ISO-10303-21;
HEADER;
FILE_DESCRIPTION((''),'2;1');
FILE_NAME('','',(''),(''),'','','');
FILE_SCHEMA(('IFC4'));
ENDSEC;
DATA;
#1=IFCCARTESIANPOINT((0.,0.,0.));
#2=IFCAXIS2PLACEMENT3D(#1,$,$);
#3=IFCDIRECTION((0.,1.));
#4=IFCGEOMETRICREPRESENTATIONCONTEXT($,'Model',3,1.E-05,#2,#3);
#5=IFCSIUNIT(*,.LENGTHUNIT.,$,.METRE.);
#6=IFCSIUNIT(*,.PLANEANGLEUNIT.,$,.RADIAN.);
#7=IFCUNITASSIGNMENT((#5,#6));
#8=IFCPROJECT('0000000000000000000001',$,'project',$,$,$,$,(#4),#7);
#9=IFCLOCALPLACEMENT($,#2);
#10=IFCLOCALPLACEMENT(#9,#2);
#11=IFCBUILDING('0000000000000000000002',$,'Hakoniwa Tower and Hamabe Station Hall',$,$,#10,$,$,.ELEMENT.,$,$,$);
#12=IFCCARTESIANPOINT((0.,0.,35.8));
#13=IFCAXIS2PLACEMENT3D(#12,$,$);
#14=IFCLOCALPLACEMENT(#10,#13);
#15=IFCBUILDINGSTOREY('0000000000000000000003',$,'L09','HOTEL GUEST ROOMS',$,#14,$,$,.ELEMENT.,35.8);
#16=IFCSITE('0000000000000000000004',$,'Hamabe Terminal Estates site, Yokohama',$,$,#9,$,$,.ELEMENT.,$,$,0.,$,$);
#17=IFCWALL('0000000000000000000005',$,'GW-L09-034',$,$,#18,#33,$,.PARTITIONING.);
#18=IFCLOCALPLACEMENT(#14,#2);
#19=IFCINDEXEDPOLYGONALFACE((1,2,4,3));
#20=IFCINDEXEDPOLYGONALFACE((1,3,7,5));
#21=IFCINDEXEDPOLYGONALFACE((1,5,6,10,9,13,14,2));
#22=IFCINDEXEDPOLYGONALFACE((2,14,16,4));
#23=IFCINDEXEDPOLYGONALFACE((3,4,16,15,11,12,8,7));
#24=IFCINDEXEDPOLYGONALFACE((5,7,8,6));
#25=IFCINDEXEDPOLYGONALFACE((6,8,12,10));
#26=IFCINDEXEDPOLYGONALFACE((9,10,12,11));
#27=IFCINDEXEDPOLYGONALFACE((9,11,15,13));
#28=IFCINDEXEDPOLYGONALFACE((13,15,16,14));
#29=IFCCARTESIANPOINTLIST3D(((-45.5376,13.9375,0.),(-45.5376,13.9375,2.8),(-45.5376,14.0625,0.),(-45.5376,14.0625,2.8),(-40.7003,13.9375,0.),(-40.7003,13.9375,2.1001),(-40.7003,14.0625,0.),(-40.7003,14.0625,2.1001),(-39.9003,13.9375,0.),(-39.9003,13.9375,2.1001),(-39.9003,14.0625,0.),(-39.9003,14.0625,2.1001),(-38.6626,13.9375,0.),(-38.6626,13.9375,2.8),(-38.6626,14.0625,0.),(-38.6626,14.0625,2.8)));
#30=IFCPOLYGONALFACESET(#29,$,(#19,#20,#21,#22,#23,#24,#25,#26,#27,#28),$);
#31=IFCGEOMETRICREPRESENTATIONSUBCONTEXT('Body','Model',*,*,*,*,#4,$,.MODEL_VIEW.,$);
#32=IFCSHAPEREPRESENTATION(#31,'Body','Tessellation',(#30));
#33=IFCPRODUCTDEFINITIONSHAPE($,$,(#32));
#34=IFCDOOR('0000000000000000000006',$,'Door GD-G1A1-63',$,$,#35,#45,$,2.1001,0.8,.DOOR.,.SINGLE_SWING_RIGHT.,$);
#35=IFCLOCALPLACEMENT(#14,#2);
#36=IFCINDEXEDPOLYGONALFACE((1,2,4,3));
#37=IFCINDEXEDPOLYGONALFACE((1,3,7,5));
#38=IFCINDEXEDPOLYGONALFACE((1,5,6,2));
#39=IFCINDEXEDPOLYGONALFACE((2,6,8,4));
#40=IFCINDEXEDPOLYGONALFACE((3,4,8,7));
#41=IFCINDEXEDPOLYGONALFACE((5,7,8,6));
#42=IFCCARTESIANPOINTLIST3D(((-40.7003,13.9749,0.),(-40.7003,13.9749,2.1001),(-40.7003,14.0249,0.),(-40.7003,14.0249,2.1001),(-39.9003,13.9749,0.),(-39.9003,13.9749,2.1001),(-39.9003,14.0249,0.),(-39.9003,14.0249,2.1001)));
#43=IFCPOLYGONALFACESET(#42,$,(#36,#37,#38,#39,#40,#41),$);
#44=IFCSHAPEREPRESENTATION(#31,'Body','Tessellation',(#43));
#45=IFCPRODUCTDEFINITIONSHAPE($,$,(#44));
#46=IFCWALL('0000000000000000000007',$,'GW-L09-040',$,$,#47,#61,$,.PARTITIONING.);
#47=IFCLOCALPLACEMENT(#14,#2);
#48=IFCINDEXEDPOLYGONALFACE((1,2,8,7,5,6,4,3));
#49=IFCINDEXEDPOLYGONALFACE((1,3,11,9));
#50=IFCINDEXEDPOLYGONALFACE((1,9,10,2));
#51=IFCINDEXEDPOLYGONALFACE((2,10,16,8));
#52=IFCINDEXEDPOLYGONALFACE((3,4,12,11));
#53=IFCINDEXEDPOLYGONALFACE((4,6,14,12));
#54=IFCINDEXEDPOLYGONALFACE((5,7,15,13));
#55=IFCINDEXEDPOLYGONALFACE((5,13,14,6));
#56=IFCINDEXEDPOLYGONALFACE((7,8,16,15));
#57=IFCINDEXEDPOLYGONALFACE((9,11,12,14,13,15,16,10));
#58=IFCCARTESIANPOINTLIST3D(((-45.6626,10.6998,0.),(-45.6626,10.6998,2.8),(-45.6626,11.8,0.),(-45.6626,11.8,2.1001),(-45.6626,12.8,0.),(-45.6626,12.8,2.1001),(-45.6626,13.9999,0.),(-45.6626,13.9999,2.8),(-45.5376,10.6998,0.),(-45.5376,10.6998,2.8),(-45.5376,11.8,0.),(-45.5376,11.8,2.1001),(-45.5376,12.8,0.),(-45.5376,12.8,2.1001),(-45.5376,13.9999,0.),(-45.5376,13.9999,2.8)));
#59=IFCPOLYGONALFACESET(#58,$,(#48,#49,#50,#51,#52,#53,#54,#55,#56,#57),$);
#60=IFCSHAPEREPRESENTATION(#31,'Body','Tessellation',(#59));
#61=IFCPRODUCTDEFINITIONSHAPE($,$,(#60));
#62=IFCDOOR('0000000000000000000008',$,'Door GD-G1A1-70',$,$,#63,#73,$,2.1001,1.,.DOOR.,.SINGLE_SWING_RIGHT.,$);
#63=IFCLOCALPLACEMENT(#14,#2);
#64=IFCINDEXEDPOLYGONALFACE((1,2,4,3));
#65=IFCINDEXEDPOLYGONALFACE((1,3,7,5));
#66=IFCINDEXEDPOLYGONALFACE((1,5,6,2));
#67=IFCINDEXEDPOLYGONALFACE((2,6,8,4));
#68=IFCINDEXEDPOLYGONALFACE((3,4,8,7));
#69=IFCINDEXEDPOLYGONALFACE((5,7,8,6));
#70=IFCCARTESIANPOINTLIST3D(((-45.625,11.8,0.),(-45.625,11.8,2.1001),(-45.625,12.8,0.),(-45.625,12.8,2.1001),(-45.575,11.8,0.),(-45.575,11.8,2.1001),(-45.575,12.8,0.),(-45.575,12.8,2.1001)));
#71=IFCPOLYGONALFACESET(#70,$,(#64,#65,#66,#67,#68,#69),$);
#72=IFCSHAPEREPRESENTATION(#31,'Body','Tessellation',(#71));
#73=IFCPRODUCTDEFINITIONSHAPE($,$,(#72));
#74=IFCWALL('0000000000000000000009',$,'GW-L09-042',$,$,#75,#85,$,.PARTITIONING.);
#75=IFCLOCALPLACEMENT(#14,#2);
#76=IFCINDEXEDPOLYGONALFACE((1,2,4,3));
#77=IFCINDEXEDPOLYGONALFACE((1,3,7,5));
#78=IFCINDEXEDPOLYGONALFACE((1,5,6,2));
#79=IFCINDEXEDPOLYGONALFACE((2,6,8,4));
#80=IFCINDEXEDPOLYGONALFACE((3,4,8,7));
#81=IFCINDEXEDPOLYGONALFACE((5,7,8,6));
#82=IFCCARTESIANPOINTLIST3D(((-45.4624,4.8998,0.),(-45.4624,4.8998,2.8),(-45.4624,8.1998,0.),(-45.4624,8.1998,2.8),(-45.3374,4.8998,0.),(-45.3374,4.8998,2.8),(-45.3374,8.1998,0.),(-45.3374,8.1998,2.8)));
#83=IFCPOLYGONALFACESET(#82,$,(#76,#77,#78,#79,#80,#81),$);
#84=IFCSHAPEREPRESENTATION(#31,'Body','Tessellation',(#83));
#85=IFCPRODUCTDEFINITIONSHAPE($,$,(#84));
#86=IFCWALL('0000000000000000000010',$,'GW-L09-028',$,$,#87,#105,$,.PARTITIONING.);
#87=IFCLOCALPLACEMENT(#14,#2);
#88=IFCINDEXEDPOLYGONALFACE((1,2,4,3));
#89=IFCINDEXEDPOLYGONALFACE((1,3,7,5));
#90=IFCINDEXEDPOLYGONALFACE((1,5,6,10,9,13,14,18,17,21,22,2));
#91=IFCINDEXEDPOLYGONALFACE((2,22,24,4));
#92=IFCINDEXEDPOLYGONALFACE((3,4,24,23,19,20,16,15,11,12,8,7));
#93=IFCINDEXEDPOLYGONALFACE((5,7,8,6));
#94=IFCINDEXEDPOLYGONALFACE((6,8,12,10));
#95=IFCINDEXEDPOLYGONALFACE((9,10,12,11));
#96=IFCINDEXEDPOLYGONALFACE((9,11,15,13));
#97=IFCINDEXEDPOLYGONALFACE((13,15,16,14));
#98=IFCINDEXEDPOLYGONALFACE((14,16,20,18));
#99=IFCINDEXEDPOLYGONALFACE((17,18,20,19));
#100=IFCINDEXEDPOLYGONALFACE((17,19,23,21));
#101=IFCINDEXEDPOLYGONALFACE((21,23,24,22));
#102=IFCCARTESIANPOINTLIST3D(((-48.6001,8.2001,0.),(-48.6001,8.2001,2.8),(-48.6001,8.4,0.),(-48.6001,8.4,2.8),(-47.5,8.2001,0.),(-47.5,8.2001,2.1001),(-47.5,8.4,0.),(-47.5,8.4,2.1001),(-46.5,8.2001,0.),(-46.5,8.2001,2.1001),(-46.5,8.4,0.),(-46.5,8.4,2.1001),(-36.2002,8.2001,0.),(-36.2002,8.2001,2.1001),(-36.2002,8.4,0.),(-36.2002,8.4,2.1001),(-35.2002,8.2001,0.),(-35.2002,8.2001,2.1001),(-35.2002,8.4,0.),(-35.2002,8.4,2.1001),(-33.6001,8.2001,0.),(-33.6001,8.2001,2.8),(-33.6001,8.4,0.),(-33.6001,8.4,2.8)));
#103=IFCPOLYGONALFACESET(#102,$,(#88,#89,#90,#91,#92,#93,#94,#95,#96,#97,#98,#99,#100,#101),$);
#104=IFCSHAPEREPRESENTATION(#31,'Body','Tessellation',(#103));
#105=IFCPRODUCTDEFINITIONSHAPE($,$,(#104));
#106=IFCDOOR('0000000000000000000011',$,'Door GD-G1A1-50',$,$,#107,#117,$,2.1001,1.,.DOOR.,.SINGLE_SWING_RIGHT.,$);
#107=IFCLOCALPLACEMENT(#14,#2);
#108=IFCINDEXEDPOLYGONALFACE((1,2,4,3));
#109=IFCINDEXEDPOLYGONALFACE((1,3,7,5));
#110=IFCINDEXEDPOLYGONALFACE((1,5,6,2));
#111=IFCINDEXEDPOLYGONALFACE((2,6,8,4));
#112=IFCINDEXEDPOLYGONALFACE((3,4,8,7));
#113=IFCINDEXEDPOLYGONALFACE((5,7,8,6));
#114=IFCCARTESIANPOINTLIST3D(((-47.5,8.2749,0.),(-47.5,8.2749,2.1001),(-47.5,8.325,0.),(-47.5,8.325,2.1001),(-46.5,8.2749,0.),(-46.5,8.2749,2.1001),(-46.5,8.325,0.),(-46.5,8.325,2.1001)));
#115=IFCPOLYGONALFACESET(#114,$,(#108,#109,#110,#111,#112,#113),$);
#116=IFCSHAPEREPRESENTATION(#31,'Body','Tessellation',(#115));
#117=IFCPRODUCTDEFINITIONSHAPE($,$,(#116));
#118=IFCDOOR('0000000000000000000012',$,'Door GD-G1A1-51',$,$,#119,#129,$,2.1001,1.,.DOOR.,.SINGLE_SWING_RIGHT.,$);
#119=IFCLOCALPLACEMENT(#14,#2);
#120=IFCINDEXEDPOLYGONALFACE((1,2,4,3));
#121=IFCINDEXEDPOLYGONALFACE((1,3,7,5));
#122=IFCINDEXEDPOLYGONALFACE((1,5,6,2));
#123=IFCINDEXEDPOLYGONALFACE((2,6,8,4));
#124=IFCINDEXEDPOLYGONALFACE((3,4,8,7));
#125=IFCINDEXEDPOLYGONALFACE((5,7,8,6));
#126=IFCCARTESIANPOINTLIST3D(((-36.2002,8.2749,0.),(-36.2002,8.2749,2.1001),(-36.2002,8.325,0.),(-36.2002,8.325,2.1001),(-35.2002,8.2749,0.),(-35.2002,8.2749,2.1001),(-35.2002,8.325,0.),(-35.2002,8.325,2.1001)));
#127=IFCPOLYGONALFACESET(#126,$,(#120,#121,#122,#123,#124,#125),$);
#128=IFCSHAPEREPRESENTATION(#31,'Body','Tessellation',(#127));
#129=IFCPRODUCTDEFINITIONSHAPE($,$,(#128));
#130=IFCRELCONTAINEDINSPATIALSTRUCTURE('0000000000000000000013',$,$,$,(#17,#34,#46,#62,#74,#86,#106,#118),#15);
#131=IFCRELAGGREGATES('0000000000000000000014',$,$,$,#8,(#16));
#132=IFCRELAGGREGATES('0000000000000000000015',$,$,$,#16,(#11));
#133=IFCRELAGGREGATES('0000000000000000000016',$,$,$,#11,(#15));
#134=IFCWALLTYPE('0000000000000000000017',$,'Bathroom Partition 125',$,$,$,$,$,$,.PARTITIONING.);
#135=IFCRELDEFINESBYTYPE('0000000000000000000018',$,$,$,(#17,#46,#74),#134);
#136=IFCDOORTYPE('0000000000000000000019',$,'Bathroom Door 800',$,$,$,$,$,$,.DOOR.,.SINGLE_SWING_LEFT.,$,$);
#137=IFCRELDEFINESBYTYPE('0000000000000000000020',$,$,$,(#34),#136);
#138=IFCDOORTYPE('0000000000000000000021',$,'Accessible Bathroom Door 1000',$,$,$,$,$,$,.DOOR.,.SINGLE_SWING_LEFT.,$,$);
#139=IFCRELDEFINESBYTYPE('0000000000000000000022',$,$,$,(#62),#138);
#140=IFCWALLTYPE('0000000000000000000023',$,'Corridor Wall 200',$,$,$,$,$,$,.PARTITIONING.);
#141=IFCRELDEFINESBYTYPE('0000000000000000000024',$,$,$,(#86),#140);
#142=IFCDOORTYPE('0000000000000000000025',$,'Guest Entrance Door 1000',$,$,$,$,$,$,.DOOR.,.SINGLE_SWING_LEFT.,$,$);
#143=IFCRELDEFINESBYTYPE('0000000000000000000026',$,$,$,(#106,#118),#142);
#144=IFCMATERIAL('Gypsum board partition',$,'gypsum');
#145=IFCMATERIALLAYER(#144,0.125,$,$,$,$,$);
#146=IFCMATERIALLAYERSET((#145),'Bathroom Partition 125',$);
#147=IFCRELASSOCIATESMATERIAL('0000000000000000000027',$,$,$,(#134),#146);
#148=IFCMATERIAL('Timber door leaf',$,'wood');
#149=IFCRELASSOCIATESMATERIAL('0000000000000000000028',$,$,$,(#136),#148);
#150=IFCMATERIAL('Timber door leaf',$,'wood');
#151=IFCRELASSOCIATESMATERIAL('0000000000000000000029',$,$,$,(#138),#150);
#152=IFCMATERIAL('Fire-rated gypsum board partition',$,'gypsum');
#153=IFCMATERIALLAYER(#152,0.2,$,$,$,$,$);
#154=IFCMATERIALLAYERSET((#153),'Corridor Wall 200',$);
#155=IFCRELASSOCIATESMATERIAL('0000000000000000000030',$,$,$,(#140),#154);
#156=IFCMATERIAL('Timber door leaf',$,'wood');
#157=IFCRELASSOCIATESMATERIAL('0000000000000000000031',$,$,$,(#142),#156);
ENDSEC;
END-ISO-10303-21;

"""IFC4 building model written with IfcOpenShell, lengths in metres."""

from ifc_helpers import new_model, si_unit, direction, frame, frame_2d, origin, place, context, subcontext, project, spatial, rectangle, extrude, material, layer, layer_set, type_object, element, fill, save


model = new_model("IFC4")

# Units and contexts
model_context = context("Model", 3, precision=1e-05, world=origin(), true_north=direction((0.0, 1.0)))
body_context = subcontext(model_context, "Body", "Model", "MODEL_VIEW")
ifc_project = project(units=[si_unit("LENGTHUNIT", "METRE"), si_unit("PLANEANGLEUNIT", "RADIAN")], contexts=[model_context])

# Site, building, storey
site_placement = place(None, origin())
site = spatial("IfcSite", under=ifc_project, at=site_placement, Name="Hamabe Terminal Estates site, Yokohama", CompositionType="ELEMENT", RefElevation=0.0)
building_placement = place(site_placement, origin())
building = spatial("IfcBuilding", under=site, at=building_placement, Name="Hakoniwa Tower and Hamabe Station Hall", CompositionType="ELEMENT")
storey_placement = place(building_placement, frame((0.0, 0.0, 35.8)))
storey = spatial("IfcBuildingStorey", under=building, at=storey_placement, Name="L09", Description="HOTEL GUEST ROOMS", CompositionType="ELEMENT", Elevation=35.8)

# Walls, openings, doors
ifc_material_1 = material(Name="Gypsum board partition", Category="gypsum")
ifc_layer_1 = layer(ifc_material_1, 0.125)
ifc_layer_set_1 = layer_set([ifc_layer_1], Name="Bathroom Partition 125")
wall_type_1 = type_object("IfcWallType", Name="Bathroom Partition 125", PredefinedType="PARTITIONING", material=ifc_layer_set_1)
ifc_material_2 = material(Name="Timber door leaf", Category="wood")
door_type_1 = type_object("IfcDoorType", Name="Bathroom Door 800", OperationType="SINGLE_SWING_LEFT", PredefinedType="DOOR", material=ifc_material_2)
wall_1_placement = place(storey_placement, frame((-45.5376, 14.0, 0.0), z_axis=(0.0, 0.0, 1.0), x_axis=(1.0, 0.0, 0.0)))
wall_1 = element("IfcWall", 1, at=wall_1_placement, inside=storey, type_object=wall_type_1, Name="GW-L09-034", PredefinedType="PARTITIONING", context=body_context, shape_type="SweptSolid", body=[
    extrude(rectangle(XDim=6.875, YDim=0.125, at=frame_2d((3.4375, 0.0))), origin(), (0.0, 0.0, 1.0), 2.8),
])
opening_1_placement = place(wall_1_placement, frame((4.8374, 0.0, 0.0)))
opening_1 = element("IfcOpeningElement", 2, at=opening_1_placement, cuts=wall_1, PredefinedType="OPENING", context=body_context, shape_type="SweptSolid", body=[
    extrude(rectangle(XDim=0.8, YDim=2.1001, at=frame_2d((0.3999, 1.05))), frame((0.0, 0.0725, 0.0), z_axis=(0.0, -1.0, 0.0), x_axis=(1.0, 0.0, 0.0)), (0.0, 0.0, 1.0), 0.145),
])
door_1_placement = place(opening_1_placement, origin())
door_1 = element("IfcDoor", 3, at=door_1_placement, inside=storey, type_object=door_type_1, Name="Door GD-G1A1-63", OperationType="SINGLE_SWING_RIGHT", OverallHeight=2.1001, OverallWidth=0.8, PredefinedType="DOOR", context=body_context, shape_type="SweptSolid", body=[
    extrude(rectangle(XDim=0.8, YDim=2.1001, at=frame_2d((0.3999, 1.05))), frame((0.0, 0.0249, 0.0), z_axis=(0.0, -1.0, 0.0), x_axis=(1.0, 0.0, 0.0)), (0.0, 0.0, 1.0), 0.05),
])
fill(opening_1, door_1)
wall_2_placement = place(storey_placement, frame((-45.6001, 10.7, 0.0), z_axis=(0.0, 0.0, 1.0), x_axis=(0.0, 1.0, 0.0)))
wall_2 = element("IfcWall", 4, at=wall_2_placement, inside=storey, type_object=wall_type_1, Name="GW-L09-040", PredefinedType="PARTITIONING", context=body_context, shape_type="SweptSolid", body=[
    extrude(rectangle(XDim=3.3, YDim=0.125, at=frame_2d((1.6499, 0.0))), origin(), (0.0, 0.0, 1.0), 2.8),
])
opening_2_placement = place(wall_2_placement, frame((1.1001, 0.0, 0.0)))
opening_2 = element("IfcOpeningElement", 5, at=opening_2_placement, cuts=wall_2, PredefinedType="OPENING", context=body_context, shape_type="SweptSolid", body=[
    extrude(rectangle(XDim=1.0, YDim=2.1001, at=frame_2d((0.5, 1.05))), frame((0.0, 0.0725, 0.0), z_axis=(0.0, -1.0, 0.0), x_axis=(1.0, 0.0, 0.0)), (0.0, 0.0, 1.0), 0.145),
])
ifc_material_3 = material(Name="Timber door leaf", Category="wood")
door_type_2 = type_object("IfcDoorType", Name="Accessible Bathroom Door 1000", OperationType="SINGLE_SWING_LEFT", PredefinedType="DOOR", material=ifc_material_3)
door_2_placement = place(opening_2_placement, origin())
door_2 = element("IfcDoor", 6, at=door_2_placement, inside=storey, type_object=door_type_2, Name="Door GD-G1A1-70", OperationType="SINGLE_SWING_RIGHT", OverallHeight=2.1001, OverallWidth=1.0, PredefinedType="DOOR", context=body_context, shape_type="SweptSolid", body=[
    extrude(rectangle(XDim=1.0, YDim=2.1001, at=frame_2d((0.5, 1.05))), frame((0.0, 0.0249, 0.0), z_axis=(0.0, -1.0, 0.0), x_axis=(1.0, 0.0, 0.0)), (0.0, 0.0, 1.0), 0.05),
])
fill(opening_2, door_2)

# Wall
wall_3_placement = place(storey_placement, frame((-45.3999, 4.8999, 0.0), z_axis=(0.0, 0.0, 1.0), x_axis=(0.0, 1.0, 0.0)))
element("IfcWall", 7, at=wall_3_placement, inside=storey, type_object=wall_type_1, Name="GW-L09-042", PredefinedType="PARTITIONING", context=body_context, shape_type="SweptSolid", body=[
    extrude(rectangle(XDim=3.3, YDim=0.125, at=frame_2d((1.6499, 0.0))), origin(), (0.0, 0.0, 1.0), 2.8),
])

# Wall, openings, doors
ifc_material_4 = material(Name="Fire-rated gypsum board partition", Category="gypsum")
ifc_layer_2 = layer(ifc_material_4, 0.2)
ifc_layer_set_2 = layer_set([ifc_layer_2], Name="Corridor Wall 200")
wall_type_2 = type_object("IfcWallType", Name="Corridor Wall 200", PredefinedType="PARTITIONING", material=ifc_layer_set_2)
wall_4_placement = place(storey_placement, frame((-48.6001, 8.3, 0.0), z_axis=(0.0, 0.0, 1.0), x_axis=(1.0, 0.0, 0.0)))
wall_4 = element("IfcWall", 8, at=wall_4_placement, inside=storey, type_object=wall_type_2, Name="GW-L09-028", PredefinedType="PARTITIONING", context=body_context, shape_type="SweptSolid", body=[
    extrude(rectangle(XDim=15.0, YDim=0.2, at=frame_2d((7.5, 0.0))), origin(), (0.0, 0.0, 1.0), 2.8),
])
opening_3_placement = place(wall_4_placement, frame((1.1001, 0.0, 0.0)))
opening_3 = element("IfcOpeningElement", 9, at=opening_3_placement, cuts=wall_4, PredefinedType="OPENING", context=body_context, shape_type="SweptSolid", body=[
    extrude(rectangle(XDim=1.0, YDim=2.1001, at=frame_2d((0.5, 1.05))), frame((0.0, 0.1099, 0.0), z_axis=(0.0, -1.0, 0.0), x_axis=(1.0, 0.0, 0.0)), (0.0, 0.0, 1.0), 0.22),
])
opening_4_placement = place(wall_4_placement, frame((12.3999, 0.0, 0.0)))
opening_4 = element("IfcOpeningElement", 10, at=opening_4_placement, cuts=wall_4, PredefinedType="OPENING", context=body_context, shape_type="SweptSolid", body=[
    extrude(rectangle(XDim=1.0, YDim=2.1001, at=frame_2d((0.5, 1.05))), frame((0.0, 0.1099, 0.0), z_axis=(0.0, -1.0, 0.0), x_axis=(1.0, 0.0, 0.0)), (0.0, 0.0, 1.0), 0.22),
])
ifc_material_5 = material(Name="Timber door leaf", Category="wood")
door_type_3 = type_object("IfcDoorType", Name="Guest Entrance Door 1000", OperationType="SINGLE_SWING_LEFT", PredefinedType="DOOR", material=ifc_material_5)
door_3_placement = place(opening_3_placement, origin())
door_3 = element("IfcDoor", 11, at=door_3_placement, inside=storey, type_object=door_type_3, Name="Door GD-G1A1-50", OperationType="SINGLE_SWING_RIGHT", OverallHeight=2.1001, OverallWidth=1.0, PredefinedType="DOOR", context=body_context, shape_type="SweptSolid", body=[
    extrude(rectangle(XDim=1.0, YDim=2.1001, at=frame_2d((0.5, 1.05))), frame((0.0, 0.0249, 0.0), z_axis=(0.0, -1.0, 0.0), x_axis=(1.0, 0.0, 0.0)), (0.0, 0.0, 1.0), 0.05),
])
fill(opening_3, door_3)
door_4_placement = place(opening_4_placement, origin())
door_4 = element("IfcDoor", 12, at=door_4_placement, inside=storey, type_object=door_type_3, Name="Door GD-G1A1-51", OperationType="SINGLE_SWING_RIGHT", OverallHeight=2.1001, OverallWidth=1.0, PredefinedType="DOOR", context=body_context, shape_type="SweptSolid", body=[
    extrude(rectangle(XDim=1.0, YDim=2.1001, at=frame_2d((0.5, 1.05))), frame((0.0, 0.0249, 0.0), z_axis=(0.0, -1.0, 0.0), x_axis=(1.0, 0.0, 0.0)), (0.0, 0.0, 1.0), 0.05),
])
fill(opening_4, door_4)

save(model, "model.ifc")
